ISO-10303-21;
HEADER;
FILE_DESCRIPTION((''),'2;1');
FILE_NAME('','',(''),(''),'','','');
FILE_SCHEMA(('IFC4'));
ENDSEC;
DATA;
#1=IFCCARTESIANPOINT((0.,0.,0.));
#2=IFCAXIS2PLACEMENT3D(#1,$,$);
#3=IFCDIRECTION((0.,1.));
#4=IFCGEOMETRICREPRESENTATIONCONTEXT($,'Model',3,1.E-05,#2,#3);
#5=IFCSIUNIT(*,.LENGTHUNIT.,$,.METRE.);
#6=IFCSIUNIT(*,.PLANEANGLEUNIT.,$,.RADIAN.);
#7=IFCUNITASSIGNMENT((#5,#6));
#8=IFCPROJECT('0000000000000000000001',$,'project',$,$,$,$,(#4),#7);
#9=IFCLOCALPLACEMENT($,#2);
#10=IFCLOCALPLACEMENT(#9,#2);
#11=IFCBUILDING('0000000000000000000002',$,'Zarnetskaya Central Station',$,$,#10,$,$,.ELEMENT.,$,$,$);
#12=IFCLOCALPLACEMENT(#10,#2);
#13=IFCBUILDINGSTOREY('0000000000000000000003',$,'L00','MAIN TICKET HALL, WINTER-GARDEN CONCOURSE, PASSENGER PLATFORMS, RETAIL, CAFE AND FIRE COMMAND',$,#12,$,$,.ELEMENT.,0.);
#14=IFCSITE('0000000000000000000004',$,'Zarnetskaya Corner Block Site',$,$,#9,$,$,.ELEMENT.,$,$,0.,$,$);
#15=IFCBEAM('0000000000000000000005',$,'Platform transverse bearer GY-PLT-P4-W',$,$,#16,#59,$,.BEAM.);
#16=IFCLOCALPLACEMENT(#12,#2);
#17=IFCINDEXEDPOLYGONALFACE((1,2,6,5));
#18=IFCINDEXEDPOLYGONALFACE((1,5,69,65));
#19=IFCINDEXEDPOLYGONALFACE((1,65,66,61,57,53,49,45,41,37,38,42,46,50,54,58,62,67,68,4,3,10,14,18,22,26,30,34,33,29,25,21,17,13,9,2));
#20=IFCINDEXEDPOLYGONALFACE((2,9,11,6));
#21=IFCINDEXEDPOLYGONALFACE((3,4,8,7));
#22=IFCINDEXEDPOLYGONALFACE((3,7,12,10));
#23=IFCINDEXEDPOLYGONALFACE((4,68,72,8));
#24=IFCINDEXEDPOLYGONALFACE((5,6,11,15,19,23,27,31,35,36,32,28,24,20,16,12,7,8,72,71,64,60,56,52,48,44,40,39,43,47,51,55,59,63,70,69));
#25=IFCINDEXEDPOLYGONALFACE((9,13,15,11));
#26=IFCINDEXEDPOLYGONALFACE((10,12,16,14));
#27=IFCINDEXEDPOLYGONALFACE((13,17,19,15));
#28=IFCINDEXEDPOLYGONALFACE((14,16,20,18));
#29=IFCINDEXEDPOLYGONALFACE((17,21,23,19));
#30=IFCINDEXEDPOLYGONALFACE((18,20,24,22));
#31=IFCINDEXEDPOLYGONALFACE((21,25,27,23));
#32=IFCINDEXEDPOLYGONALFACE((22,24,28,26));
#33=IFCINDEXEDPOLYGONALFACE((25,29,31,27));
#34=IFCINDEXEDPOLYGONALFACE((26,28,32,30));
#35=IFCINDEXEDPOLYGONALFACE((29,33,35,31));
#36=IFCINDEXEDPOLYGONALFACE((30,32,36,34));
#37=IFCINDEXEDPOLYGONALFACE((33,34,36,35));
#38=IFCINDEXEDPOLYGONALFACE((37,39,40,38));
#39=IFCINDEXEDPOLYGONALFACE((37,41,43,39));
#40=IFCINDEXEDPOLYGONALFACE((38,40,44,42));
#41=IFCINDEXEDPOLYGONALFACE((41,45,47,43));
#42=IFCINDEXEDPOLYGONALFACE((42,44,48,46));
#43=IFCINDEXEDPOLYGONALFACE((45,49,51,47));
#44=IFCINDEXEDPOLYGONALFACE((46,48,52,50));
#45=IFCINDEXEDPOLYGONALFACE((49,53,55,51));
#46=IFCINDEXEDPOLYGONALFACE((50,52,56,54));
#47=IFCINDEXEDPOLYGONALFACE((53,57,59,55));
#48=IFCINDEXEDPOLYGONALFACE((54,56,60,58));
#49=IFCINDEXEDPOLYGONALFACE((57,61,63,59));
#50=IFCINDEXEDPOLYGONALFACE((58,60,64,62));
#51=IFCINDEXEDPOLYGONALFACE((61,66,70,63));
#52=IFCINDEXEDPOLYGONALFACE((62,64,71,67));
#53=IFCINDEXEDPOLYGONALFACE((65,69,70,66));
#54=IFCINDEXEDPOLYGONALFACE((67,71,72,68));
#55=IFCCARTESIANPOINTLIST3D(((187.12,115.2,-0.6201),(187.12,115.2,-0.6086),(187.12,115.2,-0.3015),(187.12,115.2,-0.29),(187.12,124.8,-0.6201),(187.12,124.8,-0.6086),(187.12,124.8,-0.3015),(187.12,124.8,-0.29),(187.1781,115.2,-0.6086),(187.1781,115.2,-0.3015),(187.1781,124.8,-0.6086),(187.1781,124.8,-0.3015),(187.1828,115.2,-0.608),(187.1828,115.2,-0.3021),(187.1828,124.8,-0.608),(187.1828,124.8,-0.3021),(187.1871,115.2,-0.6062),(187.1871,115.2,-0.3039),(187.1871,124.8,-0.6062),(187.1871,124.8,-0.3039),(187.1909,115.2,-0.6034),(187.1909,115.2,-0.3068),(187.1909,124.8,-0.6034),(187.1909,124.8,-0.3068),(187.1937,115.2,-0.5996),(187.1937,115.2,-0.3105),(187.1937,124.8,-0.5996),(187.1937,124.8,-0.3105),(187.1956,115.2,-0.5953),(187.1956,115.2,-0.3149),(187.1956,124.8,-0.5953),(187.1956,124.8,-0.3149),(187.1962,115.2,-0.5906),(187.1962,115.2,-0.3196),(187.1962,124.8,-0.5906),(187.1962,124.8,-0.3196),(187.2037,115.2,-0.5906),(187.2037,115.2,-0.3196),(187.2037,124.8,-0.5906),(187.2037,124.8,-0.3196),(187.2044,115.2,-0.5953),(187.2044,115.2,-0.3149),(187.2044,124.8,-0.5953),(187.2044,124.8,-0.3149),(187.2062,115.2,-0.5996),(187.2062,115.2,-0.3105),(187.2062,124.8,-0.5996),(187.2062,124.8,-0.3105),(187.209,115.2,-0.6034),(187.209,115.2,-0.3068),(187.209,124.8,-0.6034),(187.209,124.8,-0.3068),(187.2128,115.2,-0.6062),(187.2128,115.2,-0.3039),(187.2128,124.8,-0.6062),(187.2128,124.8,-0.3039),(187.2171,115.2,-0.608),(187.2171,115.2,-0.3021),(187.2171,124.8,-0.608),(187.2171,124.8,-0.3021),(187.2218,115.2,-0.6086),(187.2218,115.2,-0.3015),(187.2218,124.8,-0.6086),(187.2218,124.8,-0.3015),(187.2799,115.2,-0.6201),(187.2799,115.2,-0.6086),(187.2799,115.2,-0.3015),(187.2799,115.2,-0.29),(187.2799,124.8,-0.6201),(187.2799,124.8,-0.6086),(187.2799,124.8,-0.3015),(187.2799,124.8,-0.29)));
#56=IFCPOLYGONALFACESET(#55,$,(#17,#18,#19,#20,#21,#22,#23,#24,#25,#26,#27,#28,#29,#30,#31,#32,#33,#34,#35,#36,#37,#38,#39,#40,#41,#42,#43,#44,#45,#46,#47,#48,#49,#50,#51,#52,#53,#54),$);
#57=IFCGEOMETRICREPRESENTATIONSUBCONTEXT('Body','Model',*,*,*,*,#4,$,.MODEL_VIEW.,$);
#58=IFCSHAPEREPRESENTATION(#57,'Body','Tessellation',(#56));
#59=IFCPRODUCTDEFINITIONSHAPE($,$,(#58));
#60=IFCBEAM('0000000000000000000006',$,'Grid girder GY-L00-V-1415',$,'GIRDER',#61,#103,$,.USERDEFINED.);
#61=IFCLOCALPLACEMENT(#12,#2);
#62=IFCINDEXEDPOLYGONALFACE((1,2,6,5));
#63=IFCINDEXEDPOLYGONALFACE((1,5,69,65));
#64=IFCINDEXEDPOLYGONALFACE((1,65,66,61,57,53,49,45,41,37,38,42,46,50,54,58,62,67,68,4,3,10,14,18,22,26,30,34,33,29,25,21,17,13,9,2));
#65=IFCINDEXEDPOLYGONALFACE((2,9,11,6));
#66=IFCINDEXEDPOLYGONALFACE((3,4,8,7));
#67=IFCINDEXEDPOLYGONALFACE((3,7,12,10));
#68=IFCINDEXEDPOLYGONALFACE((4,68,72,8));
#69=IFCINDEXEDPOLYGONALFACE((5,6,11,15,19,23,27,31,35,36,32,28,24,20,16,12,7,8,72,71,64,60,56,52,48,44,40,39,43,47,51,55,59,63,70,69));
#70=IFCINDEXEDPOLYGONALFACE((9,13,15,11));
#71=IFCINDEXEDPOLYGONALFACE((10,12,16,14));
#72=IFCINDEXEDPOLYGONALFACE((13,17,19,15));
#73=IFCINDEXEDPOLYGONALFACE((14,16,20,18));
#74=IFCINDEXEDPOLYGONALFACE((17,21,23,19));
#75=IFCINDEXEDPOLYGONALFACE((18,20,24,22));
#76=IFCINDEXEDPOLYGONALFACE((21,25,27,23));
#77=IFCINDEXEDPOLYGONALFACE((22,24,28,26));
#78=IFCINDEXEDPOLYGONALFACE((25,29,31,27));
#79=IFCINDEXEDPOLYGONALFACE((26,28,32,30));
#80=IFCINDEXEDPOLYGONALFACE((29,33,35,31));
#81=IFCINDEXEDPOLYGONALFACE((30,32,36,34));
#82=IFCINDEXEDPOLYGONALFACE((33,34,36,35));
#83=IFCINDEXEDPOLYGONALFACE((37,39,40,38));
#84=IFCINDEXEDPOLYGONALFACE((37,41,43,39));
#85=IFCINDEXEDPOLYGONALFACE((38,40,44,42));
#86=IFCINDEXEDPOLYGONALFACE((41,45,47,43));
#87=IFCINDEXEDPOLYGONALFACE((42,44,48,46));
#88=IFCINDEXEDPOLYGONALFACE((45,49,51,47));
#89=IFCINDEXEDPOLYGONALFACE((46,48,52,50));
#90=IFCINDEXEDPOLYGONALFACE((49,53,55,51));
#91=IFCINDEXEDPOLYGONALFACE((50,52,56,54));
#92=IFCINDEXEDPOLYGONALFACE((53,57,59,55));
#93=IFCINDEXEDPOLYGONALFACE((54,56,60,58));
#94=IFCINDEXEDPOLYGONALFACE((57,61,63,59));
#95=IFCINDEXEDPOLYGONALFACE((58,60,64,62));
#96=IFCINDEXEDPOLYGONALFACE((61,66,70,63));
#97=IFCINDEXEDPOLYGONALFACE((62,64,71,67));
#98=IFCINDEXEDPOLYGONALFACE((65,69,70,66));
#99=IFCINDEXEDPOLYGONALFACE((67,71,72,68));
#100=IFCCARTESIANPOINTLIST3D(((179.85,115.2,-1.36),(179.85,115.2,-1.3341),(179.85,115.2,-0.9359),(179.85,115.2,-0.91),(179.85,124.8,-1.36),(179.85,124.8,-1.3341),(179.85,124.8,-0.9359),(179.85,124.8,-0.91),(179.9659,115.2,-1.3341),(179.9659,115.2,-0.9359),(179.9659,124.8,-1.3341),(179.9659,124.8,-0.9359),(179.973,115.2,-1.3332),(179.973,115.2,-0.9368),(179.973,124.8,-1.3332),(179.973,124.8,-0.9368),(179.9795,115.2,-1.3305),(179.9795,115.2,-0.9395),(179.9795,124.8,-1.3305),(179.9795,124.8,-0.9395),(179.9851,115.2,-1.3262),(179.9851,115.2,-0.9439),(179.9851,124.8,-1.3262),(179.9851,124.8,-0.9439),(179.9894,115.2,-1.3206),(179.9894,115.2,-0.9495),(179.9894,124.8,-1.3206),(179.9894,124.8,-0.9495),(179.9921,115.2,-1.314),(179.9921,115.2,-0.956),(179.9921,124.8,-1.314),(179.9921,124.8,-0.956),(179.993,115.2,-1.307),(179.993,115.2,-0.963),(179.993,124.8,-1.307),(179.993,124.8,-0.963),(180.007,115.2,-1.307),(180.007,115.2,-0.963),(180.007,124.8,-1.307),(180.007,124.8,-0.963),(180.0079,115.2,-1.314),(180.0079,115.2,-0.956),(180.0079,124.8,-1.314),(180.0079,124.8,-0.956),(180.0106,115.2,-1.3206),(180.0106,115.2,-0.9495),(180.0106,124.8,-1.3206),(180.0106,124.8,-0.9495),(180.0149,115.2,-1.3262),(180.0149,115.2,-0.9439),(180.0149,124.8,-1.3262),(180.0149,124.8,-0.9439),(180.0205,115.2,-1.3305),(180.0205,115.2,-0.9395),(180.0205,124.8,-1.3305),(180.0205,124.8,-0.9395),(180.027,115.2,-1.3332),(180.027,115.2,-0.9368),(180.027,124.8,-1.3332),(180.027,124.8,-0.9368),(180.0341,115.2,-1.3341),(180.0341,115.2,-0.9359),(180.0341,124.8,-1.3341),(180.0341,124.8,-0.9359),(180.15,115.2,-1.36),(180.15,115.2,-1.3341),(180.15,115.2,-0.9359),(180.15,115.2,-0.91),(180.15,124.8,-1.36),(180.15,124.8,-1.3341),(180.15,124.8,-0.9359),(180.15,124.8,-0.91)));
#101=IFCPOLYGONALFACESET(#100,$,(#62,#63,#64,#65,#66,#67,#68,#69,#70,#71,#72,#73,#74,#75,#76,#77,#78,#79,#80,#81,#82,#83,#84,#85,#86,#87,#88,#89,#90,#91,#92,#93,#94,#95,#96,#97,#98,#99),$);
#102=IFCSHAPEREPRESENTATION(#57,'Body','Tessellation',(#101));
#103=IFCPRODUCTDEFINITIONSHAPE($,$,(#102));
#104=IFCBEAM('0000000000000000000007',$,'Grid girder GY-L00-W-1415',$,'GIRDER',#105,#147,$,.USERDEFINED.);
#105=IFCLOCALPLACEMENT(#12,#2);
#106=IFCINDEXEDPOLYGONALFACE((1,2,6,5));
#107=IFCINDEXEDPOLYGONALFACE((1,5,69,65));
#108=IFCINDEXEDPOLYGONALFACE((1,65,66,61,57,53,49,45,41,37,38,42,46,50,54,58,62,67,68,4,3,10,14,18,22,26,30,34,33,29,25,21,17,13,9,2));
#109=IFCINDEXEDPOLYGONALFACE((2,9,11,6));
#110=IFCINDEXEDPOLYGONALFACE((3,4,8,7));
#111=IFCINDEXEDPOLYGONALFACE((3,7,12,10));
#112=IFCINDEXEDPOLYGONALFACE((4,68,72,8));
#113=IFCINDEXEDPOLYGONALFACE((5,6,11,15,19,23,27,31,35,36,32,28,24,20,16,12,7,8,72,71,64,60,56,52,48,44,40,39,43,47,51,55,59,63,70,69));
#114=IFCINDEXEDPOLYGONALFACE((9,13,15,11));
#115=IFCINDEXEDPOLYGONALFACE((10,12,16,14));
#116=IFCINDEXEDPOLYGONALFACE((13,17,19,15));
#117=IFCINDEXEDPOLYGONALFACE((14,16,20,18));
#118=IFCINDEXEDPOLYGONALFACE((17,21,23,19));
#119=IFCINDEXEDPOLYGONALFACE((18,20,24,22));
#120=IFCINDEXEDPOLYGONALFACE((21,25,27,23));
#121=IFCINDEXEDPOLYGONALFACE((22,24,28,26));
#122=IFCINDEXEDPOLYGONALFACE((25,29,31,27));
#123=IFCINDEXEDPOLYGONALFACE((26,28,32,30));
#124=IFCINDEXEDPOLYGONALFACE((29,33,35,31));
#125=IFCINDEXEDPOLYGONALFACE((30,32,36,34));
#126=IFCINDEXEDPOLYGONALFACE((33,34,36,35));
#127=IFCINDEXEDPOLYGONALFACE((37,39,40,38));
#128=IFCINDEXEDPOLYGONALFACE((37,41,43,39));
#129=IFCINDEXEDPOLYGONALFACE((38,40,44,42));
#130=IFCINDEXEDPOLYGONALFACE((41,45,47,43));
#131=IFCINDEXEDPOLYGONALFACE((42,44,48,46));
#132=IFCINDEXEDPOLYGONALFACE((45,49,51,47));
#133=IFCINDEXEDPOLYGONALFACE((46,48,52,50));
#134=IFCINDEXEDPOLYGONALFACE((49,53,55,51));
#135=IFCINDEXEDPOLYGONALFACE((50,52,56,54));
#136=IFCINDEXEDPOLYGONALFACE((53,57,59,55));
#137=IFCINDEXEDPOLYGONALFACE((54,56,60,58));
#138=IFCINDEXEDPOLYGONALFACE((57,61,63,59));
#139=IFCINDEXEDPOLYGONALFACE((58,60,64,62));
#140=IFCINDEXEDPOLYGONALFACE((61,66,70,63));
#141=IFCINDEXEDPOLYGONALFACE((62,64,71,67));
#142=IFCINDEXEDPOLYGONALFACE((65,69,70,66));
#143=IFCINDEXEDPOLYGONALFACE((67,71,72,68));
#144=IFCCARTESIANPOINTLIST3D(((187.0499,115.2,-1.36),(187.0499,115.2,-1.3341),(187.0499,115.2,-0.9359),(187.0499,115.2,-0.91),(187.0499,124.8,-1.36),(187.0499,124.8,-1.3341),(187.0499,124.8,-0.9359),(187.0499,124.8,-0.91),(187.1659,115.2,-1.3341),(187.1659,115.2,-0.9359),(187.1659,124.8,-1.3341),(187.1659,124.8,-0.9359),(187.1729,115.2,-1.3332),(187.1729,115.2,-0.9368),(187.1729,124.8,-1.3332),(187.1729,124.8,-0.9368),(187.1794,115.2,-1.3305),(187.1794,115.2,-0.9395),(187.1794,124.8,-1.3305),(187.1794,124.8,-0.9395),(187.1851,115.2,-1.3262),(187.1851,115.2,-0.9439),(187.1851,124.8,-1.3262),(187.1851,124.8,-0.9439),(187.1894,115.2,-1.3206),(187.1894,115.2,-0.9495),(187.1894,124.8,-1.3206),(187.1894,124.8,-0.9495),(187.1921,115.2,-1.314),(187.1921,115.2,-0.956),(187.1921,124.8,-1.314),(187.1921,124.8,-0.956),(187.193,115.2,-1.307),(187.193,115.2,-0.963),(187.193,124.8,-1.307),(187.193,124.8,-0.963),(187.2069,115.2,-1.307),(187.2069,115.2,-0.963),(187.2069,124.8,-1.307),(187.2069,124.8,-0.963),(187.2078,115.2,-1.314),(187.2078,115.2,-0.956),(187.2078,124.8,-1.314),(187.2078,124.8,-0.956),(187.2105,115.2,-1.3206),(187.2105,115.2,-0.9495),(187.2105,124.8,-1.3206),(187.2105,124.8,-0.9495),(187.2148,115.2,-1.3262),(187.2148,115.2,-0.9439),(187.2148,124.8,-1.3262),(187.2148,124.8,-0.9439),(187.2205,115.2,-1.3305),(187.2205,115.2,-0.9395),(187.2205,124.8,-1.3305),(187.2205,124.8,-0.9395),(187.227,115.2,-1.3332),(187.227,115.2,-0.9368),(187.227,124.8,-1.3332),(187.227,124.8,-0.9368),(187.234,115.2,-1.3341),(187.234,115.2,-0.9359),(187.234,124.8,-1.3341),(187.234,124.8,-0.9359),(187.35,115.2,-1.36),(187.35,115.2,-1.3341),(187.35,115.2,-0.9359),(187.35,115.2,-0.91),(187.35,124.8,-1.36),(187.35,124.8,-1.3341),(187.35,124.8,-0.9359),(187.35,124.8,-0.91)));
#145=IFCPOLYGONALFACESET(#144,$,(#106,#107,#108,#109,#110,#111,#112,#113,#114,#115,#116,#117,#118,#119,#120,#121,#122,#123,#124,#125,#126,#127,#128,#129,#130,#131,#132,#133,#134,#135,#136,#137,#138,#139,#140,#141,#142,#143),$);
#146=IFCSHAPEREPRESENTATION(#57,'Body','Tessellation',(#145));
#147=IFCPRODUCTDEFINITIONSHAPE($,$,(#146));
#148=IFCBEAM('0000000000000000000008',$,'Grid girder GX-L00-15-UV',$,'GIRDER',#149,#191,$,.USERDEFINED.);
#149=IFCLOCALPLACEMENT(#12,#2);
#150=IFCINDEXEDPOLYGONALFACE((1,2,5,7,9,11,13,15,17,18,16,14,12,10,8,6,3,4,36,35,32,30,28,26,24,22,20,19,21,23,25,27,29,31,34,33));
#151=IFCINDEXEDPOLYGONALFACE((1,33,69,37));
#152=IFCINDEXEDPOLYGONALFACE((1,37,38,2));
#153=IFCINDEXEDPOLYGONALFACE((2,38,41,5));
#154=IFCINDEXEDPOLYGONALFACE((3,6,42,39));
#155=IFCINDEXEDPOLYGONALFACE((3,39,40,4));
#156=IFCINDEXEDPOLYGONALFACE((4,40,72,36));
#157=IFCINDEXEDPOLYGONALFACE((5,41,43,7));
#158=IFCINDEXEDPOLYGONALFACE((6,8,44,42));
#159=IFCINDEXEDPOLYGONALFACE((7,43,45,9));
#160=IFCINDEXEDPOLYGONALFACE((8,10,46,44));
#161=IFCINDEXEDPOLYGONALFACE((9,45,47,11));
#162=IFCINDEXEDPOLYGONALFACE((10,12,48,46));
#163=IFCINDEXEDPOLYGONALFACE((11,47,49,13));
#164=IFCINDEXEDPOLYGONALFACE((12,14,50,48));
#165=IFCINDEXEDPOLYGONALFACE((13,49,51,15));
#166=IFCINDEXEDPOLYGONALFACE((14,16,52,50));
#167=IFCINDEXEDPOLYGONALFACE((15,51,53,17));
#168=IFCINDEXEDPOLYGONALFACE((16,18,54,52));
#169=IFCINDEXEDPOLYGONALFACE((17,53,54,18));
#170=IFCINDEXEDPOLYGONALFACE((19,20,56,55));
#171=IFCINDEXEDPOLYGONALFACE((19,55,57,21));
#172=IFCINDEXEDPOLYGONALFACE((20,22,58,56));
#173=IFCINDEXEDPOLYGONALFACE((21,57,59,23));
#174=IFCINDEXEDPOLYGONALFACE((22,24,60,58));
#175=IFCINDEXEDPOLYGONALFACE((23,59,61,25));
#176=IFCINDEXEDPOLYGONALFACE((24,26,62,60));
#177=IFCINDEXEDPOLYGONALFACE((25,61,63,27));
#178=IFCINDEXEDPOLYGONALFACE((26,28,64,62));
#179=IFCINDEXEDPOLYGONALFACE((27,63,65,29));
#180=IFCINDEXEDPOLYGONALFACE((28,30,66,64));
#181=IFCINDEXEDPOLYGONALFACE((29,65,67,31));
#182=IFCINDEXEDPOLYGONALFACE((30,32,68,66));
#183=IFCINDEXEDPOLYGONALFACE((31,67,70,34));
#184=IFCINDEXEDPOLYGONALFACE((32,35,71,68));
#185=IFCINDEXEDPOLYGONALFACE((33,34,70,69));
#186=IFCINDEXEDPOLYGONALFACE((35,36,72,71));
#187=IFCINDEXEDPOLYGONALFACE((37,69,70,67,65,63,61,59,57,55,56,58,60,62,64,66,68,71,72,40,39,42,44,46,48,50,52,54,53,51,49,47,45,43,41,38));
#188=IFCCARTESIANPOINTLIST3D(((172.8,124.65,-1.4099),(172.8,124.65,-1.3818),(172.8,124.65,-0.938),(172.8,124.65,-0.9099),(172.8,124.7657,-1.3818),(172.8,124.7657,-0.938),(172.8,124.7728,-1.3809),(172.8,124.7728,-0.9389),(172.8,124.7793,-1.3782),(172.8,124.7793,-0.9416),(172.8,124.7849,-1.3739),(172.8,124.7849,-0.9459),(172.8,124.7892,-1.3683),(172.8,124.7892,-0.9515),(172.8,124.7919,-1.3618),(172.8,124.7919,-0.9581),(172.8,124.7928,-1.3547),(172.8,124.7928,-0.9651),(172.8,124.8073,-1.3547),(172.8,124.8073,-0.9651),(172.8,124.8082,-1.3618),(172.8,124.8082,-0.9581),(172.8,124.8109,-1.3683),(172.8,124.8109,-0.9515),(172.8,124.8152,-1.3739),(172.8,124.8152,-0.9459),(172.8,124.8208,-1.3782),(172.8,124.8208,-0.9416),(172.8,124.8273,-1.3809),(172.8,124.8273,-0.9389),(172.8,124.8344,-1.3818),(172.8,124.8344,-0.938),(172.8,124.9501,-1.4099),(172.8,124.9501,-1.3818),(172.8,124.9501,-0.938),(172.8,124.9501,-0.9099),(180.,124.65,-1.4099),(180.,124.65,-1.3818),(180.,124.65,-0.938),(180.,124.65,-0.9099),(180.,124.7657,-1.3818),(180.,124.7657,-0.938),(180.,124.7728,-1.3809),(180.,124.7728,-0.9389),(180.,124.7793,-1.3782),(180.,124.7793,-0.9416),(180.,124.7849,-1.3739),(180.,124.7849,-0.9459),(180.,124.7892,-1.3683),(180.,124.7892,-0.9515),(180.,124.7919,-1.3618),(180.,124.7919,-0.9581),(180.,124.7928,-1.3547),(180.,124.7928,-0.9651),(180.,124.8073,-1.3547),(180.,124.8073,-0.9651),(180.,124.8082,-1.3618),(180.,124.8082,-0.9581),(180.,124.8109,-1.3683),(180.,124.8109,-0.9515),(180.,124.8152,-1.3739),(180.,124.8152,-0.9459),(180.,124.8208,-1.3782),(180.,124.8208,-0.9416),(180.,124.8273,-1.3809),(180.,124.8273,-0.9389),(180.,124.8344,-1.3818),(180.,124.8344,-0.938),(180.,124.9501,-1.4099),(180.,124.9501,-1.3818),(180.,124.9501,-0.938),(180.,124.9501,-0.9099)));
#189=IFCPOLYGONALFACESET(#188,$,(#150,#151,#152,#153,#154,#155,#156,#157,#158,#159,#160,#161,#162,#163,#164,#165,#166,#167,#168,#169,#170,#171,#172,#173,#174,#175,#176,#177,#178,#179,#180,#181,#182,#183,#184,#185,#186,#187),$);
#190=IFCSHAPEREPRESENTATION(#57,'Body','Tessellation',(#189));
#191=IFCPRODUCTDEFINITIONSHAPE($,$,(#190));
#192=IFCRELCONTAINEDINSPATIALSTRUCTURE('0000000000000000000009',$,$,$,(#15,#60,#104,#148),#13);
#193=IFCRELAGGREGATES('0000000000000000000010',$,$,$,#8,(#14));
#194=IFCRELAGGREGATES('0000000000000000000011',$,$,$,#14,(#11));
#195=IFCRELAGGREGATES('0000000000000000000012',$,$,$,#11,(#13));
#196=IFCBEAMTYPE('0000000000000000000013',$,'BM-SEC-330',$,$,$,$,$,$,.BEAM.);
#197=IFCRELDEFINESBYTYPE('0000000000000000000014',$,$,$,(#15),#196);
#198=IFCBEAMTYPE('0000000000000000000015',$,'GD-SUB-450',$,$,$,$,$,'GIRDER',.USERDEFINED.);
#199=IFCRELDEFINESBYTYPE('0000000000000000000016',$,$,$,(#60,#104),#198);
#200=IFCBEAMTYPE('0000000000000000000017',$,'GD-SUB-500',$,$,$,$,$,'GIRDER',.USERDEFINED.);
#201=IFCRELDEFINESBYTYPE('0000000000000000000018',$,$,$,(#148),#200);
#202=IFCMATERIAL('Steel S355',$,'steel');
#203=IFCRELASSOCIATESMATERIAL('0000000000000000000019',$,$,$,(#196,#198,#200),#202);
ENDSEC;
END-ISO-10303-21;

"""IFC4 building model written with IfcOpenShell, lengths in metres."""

from ifc_helpers import new_model, si_unit, direction, frame, origin, origin_2d, place, context, subcontext, project, spatial, i_section, extrude, material, material_profile, profile_set, type_object, element, save


model = new_model("IFC4")

# Units and contexts
model_context = context("Model", 3, precision=1e-05, world=origin(), true_north=direction((0.0, 1.0)))
body_context = subcontext(model_context, "Body", "Model", "MODEL_VIEW")
ifc_project = project(units=[si_unit("LENGTHUNIT", "METRE"), si_unit("PLANEANGLEUNIT", "RADIAN")], contexts=[model_context])

# Site, building, storey
site_placement = place(None, origin())
site = spatial("IfcSite", under=ifc_project, at=site_placement, Name="Zarnetskaya Corner Block Site", CompositionType="ELEMENT", RefElevation=0.0)
building_placement = place(site_placement, origin())
building = spatial("IfcBuilding", under=site, at=building_placement, Name="Zarnetskaya Central Station", CompositionType="ELEMENT")
storey_placement = place(building_placement, origin())
storey = spatial("IfcBuildingStorey", under=building, at=storey_placement, Name="L00", Description="MAIN TICKET HALL, WINTER-GARDEN CONCOURSE, PASSENGER PLATFORMS, RETAIL, CAFE AND FIRE COMMAND", CompositionType="ELEMENT", Elevation=0.0)

# Shared definitions
ifc_material = material(Name="Steel S355", Category="steel")

# Beams
ifc_material_profile_1 = material_profile(ifc_material, i_section(OverallWidth=0.1599, OverallDepth=0.3301, WebThickness=0.0076, FlangeThickness=0.0115, FilletRadius=0.0181, at=origin_2d()), Name="IPE 330")
ifc_profile_set_1 = profile_set([ifc_material_profile_1], Name="Steel S355")
beam_type_1 = type_object("IfcBeamType", Name="BM-SEC-330", PredefinedType="BEAM", material=ifc_profile_set_1)
for number, where, z_axis, x_axis, name in (
    (1, (187.2, 115.2, -0.4551), (0.0, 1.0, 0.0), (-1.0, 0.0, 0.0), "Platform transverse bearer GY-PLT-P4-W"),
):
    element("IfcBeam", number, at=place(storey_placement, frame(where, z_axis=z_axis, x_axis=x_axis)), inside=storey, type_object=beam_type_1, Name=name, PredefinedType="BEAM", context=body_context, shape_type="SweptSolid", body=[
        extrude(i_section(OverallWidth=0.1599, OverallDepth=0.3301, WebThickness=0.0076, FlangeThickness=0.0115, FilletRadius=0.0181, at=origin_2d()), origin(), (0.0, 0.0, 1.0), 9.6001),
    ])
ifc_material_profile_2 = material_profile(ifc_material, i_section(OverallWidth=0.3, OverallDepth=0.45, WebThickness=0.0139, FlangeThickness=0.0259, FilletRadius=0.0271, at=origin_2d()), Name="HEB 450")
ifc_profile_set_2 = profile_set([ifc_material_profile_2], Name="Steel S355")
beam_type_2 = type_object("IfcBeamType", Name="GD-SUB-450", ElementType="GIRDER", PredefinedType="USERDEFINED", material=ifc_profile_set_2)
for number, where, z_axis, x_axis, name in (
    (2, (180.0, 115.2, -1.135), (0.0, 1.0, 0.0), (-1.0, 0.0, 0.0), "Grid girder GY-L00-V-1415"),
    (3, (187.2, 115.2, -1.135), (0.0, 1.0, 0.0), (-1.0, 0.0, 0.0), "Grid girder GY-L00-W-1415"),
):
    element("IfcBeam", number, at=place(storey_placement, frame(where, z_axis=z_axis, x_axis=x_axis)), inside=storey, type_object=beam_type_2, Name=name, ObjectType="GIRDER", PredefinedType="USERDEFINED", context=body_context, shape_type="SweptSolid", body=[
        extrude(i_section(OverallWidth=0.3, OverallDepth=0.45, WebThickness=0.0139, FlangeThickness=0.0259, FilletRadius=0.0271, at=origin_2d()), origin(), (0.0, 0.0, 1.0), 9.6001),
    ])
ifc_material_profile_3 = material_profile(ifc_material, i_section(OverallWidth=0.3, OverallDepth=0.5, WebThickness=0.0144, FlangeThickness=0.0281, FilletRadius=0.0271, at=origin_2d()), Name="HEB 500")
ifc_profile_set_3 = profile_set([ifc_material_profile_3], Name="Steel S355")
beam_type_3 = type_object("IfcBeamType", Name="GD-SUB-500", ElementType="GIRDER", PredefinedType="USERDEFINED", material=ifc_profile_set_3)
for number, where, z_axis, x_axis, name in (
    (4, (172.8, 124.8, -1.1599), (1.0, 0.0, 0.0), (0.0, 1.0, 0.0), "Grid girder GX-L00-15-UV"),
):
    element("IfcBeam", number, at=place(storey_placement, frame(where, z_axis=z_axis, x_axis=x_axis)), inside=storey, type_object=beam_type_3, Name=name, ObjectType="GIRDER", PredefinedType="USERDEFINED", context=body_context, shape_type="SweptSolid", body=[
        extrude(i_section(OverallWidth=0.3, OverallDepth=0.5, WebThickness=0.0144, FlangeThickness=0.0281, FilletRadius=0.0271, at=origin_2d()), origin(), (0.0, 0.0, 1.0), 7.2),
    ])

save(model, "model.ifc")
